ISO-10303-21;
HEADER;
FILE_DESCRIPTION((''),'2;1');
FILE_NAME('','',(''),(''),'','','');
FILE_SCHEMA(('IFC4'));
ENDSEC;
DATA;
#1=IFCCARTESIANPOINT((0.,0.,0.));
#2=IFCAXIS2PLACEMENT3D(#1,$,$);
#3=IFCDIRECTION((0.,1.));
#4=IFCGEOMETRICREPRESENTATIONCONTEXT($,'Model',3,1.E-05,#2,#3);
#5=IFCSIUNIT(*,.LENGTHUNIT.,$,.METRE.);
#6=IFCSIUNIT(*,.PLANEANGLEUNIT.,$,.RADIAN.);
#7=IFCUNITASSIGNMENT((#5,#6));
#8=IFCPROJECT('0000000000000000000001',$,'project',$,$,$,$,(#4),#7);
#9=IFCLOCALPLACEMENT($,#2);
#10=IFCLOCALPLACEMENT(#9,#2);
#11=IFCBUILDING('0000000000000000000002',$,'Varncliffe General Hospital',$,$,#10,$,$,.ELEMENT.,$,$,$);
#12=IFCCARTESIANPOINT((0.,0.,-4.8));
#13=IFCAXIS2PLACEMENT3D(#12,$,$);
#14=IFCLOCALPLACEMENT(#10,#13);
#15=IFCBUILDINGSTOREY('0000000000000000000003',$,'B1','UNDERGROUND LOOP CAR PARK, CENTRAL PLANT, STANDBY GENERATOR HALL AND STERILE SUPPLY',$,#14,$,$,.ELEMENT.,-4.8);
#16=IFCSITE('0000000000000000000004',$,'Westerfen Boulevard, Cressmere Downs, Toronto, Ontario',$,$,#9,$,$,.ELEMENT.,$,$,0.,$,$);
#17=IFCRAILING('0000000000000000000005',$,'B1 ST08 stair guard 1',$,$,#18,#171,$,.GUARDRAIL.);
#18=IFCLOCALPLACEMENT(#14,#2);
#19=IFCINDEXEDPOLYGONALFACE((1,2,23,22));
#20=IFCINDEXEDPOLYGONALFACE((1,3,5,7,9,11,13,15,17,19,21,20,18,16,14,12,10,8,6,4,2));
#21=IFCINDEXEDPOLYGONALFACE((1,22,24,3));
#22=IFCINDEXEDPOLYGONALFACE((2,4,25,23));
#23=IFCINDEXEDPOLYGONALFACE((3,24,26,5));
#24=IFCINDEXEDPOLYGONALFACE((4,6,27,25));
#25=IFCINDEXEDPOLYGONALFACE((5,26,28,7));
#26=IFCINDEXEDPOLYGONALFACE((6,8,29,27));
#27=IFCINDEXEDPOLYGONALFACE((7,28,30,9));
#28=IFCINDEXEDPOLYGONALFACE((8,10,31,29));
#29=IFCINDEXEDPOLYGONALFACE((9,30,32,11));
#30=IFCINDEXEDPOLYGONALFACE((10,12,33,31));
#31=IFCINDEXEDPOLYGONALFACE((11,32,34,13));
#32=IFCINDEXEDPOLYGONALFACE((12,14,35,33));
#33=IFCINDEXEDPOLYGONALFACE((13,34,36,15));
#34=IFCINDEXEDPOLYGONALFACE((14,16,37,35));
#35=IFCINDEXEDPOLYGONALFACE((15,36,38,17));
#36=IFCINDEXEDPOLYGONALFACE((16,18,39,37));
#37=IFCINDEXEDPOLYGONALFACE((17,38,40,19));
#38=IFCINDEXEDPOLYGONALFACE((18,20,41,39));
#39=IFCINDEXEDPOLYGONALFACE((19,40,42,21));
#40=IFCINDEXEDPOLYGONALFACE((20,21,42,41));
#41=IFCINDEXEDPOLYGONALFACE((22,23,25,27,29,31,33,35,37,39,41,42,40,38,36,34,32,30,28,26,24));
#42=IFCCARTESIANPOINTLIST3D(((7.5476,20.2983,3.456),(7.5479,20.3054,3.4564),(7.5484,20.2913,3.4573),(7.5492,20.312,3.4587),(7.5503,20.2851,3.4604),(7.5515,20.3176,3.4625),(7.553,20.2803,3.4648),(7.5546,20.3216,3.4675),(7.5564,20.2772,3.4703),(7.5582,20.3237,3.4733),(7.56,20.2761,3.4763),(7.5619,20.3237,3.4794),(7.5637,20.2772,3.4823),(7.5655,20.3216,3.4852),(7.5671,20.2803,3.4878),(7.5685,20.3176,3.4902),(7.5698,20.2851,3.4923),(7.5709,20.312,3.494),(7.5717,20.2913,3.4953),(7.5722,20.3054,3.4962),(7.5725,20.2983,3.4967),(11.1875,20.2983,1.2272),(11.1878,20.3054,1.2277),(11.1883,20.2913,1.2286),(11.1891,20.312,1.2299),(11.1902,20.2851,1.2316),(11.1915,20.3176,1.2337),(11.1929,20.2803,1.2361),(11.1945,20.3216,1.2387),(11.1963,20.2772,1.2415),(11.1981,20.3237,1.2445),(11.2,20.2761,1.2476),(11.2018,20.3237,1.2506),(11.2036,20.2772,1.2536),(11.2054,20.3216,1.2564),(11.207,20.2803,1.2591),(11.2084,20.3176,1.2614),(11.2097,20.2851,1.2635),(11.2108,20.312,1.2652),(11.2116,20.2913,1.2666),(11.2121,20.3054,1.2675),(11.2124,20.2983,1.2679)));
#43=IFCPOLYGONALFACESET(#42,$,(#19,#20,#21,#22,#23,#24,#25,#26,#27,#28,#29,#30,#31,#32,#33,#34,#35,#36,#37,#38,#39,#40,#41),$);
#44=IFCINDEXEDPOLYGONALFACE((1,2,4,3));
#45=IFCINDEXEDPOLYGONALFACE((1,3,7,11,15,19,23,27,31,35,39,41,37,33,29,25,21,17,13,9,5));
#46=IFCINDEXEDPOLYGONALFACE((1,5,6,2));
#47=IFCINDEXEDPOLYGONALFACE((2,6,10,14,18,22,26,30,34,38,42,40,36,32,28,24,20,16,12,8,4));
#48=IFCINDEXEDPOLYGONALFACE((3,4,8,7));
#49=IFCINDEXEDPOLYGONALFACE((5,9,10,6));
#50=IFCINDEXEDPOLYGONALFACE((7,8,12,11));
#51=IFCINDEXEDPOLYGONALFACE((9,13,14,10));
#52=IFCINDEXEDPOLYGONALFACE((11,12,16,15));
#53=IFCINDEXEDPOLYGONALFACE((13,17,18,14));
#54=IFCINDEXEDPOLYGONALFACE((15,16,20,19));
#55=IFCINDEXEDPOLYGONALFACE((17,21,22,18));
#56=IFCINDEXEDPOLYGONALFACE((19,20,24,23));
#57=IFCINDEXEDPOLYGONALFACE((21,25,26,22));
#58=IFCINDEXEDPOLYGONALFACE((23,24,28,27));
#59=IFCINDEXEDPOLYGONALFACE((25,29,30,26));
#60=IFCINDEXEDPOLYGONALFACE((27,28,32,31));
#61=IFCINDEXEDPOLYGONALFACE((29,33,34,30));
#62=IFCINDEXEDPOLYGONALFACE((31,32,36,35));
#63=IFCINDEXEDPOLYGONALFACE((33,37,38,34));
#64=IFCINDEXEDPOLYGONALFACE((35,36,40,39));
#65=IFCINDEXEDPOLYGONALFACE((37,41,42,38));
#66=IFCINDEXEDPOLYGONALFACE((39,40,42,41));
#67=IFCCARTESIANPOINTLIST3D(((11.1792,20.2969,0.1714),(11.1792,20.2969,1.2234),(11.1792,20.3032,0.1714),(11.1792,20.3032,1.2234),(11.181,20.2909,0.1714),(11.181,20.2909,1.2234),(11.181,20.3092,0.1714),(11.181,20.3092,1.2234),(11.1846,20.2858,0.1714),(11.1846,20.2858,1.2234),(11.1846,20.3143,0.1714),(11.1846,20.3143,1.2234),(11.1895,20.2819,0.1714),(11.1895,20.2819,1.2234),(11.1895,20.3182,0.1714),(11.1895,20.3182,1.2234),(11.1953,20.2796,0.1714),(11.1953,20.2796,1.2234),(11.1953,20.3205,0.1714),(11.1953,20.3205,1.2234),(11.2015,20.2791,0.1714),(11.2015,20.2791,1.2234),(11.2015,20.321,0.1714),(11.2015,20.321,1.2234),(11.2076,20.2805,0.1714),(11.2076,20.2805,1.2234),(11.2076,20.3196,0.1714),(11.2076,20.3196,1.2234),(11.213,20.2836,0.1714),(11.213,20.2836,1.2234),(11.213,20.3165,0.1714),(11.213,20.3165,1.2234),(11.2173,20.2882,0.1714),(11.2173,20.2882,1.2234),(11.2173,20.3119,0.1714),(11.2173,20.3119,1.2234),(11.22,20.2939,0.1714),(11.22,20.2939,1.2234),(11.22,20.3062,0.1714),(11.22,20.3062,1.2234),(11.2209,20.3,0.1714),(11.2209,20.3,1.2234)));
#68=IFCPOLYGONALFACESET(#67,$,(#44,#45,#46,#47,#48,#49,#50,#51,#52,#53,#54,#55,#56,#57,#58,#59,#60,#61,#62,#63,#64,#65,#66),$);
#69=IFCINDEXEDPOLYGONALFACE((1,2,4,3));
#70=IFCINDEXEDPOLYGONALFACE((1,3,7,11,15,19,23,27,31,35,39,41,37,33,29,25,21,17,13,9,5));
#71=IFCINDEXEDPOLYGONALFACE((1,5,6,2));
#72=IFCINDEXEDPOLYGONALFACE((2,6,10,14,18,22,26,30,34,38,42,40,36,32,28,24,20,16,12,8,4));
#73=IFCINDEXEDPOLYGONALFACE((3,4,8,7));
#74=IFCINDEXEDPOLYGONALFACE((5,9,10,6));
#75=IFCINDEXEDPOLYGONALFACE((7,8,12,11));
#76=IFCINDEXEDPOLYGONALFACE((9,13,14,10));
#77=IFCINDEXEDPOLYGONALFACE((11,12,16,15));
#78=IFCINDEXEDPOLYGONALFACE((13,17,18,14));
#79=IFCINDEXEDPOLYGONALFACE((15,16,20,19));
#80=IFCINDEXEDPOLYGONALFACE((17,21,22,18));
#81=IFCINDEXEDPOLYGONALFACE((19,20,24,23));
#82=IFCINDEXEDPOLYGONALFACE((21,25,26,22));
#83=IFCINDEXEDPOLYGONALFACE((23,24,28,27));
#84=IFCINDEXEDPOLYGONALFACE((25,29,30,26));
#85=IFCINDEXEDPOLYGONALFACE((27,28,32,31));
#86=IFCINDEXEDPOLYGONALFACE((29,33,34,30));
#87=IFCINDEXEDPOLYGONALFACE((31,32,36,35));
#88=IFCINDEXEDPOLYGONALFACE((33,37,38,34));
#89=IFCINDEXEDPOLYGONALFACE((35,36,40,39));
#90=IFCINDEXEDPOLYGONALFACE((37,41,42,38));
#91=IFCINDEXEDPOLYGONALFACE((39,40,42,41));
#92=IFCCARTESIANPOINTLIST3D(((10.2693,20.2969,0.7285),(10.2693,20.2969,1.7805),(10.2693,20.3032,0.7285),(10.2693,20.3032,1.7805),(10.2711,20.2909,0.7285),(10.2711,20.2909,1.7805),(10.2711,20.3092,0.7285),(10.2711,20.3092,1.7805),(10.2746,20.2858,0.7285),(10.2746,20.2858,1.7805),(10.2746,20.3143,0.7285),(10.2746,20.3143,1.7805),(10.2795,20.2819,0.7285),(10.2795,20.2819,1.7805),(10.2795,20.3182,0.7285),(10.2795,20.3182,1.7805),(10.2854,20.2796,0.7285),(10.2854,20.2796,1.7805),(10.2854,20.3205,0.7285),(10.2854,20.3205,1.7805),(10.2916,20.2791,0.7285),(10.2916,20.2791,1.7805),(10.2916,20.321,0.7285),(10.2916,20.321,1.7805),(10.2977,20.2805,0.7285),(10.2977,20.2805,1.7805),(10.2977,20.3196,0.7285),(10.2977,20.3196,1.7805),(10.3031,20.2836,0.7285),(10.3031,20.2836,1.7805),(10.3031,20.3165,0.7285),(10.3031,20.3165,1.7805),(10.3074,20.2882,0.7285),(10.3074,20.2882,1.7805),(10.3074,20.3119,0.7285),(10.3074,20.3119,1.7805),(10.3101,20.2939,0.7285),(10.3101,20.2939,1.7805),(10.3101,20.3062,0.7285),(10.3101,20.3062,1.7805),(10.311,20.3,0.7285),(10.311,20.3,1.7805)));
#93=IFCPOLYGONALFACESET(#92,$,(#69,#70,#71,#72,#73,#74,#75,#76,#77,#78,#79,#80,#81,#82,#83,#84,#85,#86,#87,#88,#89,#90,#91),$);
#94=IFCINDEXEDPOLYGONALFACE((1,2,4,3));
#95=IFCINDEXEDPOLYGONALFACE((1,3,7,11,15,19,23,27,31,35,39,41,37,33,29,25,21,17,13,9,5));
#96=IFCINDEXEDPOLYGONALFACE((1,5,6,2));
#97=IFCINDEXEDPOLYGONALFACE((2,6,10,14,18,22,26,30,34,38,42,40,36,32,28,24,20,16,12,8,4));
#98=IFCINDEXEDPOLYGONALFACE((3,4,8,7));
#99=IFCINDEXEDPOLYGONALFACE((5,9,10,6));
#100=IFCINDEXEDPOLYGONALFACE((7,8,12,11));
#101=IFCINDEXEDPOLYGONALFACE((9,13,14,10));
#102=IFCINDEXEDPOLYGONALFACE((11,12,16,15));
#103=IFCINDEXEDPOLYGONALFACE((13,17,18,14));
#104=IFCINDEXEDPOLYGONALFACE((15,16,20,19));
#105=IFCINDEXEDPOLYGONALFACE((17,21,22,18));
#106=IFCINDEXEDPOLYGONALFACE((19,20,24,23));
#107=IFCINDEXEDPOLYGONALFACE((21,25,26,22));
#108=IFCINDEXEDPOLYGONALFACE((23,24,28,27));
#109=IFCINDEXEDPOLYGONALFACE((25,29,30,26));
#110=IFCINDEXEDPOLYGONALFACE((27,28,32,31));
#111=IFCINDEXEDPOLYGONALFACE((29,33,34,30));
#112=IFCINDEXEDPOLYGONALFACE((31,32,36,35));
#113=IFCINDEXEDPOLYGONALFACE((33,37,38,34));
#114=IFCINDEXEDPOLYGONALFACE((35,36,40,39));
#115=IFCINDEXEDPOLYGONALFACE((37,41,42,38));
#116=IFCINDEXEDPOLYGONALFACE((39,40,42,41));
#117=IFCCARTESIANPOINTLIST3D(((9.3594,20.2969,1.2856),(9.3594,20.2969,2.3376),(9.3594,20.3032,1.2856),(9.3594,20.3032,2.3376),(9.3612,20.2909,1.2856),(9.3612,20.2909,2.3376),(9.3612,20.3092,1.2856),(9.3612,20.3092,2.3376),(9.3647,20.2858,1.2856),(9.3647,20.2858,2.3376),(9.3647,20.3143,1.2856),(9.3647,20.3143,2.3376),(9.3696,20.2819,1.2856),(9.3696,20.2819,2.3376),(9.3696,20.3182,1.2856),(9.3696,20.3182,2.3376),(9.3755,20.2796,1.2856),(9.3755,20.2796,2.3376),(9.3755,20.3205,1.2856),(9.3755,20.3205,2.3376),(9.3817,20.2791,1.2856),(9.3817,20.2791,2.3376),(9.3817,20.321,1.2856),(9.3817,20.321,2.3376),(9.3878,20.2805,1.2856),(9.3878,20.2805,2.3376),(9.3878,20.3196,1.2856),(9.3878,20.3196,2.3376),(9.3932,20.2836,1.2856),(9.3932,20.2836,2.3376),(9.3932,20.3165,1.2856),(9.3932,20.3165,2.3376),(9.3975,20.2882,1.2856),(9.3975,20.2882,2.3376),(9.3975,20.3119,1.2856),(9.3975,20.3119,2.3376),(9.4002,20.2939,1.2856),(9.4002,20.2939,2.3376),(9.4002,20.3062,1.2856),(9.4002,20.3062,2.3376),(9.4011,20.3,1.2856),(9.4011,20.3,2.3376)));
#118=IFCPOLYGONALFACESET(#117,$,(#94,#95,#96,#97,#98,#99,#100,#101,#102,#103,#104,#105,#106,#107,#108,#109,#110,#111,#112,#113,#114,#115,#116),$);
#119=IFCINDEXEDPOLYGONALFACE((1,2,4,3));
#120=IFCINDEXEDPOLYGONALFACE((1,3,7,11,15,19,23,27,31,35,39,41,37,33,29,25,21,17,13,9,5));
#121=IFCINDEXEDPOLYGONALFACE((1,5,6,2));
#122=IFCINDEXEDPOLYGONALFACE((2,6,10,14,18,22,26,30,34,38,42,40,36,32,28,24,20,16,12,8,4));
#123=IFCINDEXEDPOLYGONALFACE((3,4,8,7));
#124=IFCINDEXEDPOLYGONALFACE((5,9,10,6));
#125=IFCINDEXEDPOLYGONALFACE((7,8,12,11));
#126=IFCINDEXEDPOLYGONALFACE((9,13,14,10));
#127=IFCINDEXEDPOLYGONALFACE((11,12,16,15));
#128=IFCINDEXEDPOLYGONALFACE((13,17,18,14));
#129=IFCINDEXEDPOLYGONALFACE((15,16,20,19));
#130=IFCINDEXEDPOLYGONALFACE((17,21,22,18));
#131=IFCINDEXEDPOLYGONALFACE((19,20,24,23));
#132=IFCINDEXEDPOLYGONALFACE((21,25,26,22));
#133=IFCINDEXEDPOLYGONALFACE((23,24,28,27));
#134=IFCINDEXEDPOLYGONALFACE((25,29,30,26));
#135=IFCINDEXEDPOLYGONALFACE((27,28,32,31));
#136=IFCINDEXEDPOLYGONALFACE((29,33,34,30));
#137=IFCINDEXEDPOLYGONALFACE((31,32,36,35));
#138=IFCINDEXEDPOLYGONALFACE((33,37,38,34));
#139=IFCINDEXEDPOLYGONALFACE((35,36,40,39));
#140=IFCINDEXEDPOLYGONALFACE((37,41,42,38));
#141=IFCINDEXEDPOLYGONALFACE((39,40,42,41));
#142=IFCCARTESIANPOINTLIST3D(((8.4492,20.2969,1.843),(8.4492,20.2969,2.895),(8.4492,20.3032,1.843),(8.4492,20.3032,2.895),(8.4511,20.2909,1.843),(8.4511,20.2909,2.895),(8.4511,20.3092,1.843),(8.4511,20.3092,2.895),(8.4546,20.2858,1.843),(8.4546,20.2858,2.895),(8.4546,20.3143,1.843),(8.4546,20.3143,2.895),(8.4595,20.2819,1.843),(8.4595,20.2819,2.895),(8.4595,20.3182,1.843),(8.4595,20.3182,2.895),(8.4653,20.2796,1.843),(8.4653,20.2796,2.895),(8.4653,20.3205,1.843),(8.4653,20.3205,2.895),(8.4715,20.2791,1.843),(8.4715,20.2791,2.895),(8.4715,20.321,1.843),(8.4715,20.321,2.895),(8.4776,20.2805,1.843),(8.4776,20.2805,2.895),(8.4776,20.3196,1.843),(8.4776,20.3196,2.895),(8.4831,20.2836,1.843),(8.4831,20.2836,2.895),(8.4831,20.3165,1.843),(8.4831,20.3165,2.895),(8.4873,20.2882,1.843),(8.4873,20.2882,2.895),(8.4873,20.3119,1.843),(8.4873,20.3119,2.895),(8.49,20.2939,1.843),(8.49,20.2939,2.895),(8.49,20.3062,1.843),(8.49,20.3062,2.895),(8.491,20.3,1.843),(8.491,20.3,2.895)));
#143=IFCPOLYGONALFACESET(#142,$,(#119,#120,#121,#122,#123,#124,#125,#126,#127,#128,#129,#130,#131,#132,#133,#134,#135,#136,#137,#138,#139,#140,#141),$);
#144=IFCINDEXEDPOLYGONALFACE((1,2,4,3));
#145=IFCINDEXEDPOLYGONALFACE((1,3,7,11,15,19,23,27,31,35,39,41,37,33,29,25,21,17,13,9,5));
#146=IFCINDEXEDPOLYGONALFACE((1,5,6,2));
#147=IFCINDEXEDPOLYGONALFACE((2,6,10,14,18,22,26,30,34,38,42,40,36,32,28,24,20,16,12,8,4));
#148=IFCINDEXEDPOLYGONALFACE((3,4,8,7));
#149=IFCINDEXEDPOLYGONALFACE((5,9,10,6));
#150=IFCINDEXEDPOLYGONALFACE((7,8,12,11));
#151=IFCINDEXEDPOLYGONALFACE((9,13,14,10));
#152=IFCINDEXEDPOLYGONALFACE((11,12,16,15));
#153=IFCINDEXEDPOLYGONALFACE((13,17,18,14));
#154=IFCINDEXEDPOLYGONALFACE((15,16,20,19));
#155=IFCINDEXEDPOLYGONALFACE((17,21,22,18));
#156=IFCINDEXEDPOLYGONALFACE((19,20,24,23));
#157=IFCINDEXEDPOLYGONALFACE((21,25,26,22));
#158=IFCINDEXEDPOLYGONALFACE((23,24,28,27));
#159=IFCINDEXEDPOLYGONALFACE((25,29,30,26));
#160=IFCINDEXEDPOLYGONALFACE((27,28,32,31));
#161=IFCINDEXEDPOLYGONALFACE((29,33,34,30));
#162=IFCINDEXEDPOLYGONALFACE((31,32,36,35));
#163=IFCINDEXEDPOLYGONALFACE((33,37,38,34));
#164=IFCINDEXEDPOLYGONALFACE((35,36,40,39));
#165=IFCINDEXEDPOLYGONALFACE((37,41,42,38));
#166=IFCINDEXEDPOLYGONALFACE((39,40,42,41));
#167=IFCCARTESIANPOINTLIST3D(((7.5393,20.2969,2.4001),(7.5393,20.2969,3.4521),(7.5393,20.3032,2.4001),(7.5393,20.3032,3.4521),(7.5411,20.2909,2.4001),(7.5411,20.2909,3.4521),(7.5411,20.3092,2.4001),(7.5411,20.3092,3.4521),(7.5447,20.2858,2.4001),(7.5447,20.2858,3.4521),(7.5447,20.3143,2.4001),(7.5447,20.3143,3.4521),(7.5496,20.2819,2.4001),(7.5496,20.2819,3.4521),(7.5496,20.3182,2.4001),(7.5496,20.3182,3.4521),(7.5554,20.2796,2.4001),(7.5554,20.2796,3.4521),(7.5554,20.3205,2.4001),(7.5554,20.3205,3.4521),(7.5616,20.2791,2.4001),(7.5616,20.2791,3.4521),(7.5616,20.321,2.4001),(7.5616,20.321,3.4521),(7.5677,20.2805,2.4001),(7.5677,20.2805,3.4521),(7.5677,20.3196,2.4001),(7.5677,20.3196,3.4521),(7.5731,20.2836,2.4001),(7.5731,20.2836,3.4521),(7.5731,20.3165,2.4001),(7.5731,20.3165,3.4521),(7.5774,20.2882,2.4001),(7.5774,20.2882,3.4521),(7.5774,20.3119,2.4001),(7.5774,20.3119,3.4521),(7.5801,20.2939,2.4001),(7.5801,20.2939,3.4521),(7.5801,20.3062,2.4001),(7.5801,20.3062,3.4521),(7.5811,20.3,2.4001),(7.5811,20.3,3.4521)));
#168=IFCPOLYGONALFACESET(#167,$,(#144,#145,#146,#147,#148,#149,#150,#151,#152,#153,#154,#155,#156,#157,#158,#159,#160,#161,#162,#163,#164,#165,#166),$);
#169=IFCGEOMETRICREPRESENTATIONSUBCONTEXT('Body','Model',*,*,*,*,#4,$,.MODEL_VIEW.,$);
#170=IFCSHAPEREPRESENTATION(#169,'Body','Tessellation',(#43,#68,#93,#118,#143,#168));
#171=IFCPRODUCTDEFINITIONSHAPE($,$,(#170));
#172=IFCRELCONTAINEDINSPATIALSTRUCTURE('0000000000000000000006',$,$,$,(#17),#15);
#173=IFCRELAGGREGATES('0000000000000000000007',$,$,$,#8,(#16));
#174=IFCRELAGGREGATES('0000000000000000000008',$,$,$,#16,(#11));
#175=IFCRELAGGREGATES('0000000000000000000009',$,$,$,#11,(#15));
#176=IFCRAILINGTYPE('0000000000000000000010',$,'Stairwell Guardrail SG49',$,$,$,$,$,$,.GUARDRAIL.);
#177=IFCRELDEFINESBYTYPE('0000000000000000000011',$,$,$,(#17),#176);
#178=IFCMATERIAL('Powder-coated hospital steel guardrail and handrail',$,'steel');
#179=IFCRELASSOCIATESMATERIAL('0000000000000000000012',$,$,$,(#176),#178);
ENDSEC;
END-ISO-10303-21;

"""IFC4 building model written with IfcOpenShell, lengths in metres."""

from ifc_helpers import new_model, si_unit, direction, frame, origin, origin_2d, place, context, subcontext, project, spatial, circle, extrude, material, type_object, element, save


model = new_model("IFC4")

# Units and contexts
model_context = context("Model", 3, precision=1e-05, world=origin(), true_north=direction((0.0, 1.0)))
body_context = subcontext(model_context, "Body", "Model", "MODEL_VIEW")
ifc_project = project(units=[si_unit("LENGTHUNIT", "METRE"), si_unit("PLANEANGLEUNIT", "RADIAN")], contexts=[model_context])

# Site, building, storey
site_placement = place(None, origin())
site = spatial("IfcSite", under=ifc_project, at=site_placement, Name="Westerfen Boulevard, Cressmere Downs, Toronto, Ontario", CompositionType="ELEMENT", RefElevation=0.0)
building_placement = place(site_placement, origin())
building = spatial("IfcBuilding", under=site, at=building_placement, Name="Varncliffe General Hospital", CompositionType="ELEMENT")
storey_placement = place(building_placement, frame((0.0, 0.0, -4.8)))
storey = spatial("IfcBuildingStorey", under=building, at=storey_placement, Name="B1", Description="UNDERGROUND LOOP CAR PARK, CENTRAL PLANT, STANDBY GENERATOR HALL AND STERILE SUPPLY", CompositionType="ELEMENT", Elevation=-4.8)

# Railing
ifc_material_1 = material(Name="Powder-coated hospital steel guardrail and handrail", Category="steel")
railing_type_1 = type_object("IfcRailingType", Name="Stairwell Guardrail SG49", PredefinedType="GUARDRAIL", material=ifc_material_1)
railing_1_placement = place(storey_placement, frame((11.2, 20.3, 0.1714)))
element("IfcRailing", 1, at=railing_1_placement, inside=storey, type_object=railing_type_1, Name="B1 ST08 stair guard 1", PredefinedType="GUARDRAIL", context=body_context, shape_type="SweptSolid", body=[
    extrude(circle(Radius=0.0239, at=origin_2d()), frame((0.0, 0.0, 1.0762), z_axis=(-0.852825, 0.0, 0.522197), x_axis=(0.0, -1.0, 0.0)), (0.0, 0.0, 1.0), 4.2681),
    extrude(circle(Radius=0.021, at=origin_2d()), origin(), (0.0, 0.0, 1.0), 1.052),
    extrude(circle(Radius=0.021, at=origin_2d()), frame((-0.9099, 0.0, 0.5571)), (0.0, 0.0, 1.0), 1.052),
    extrude(circle(Radius=0.021, at=origin_2d()), frame((-1.8198, 0.0, 1.1143)), (0.0, 0.0, 1.0), 1.052),
    extrude(circle(Radius=0.021, at=origin_2d()), frame((-2.73, 0.0, 1.6716)), (0.0, 0.0, 1.0), 1.052),
    extrude(circle(Radius=0.021, at=origin_2d()), frame((-3.6399, 0.0, 2.2288)), (0.0, 0.0, 1.0), 1.052),
])

save(model, "model.ifc")
